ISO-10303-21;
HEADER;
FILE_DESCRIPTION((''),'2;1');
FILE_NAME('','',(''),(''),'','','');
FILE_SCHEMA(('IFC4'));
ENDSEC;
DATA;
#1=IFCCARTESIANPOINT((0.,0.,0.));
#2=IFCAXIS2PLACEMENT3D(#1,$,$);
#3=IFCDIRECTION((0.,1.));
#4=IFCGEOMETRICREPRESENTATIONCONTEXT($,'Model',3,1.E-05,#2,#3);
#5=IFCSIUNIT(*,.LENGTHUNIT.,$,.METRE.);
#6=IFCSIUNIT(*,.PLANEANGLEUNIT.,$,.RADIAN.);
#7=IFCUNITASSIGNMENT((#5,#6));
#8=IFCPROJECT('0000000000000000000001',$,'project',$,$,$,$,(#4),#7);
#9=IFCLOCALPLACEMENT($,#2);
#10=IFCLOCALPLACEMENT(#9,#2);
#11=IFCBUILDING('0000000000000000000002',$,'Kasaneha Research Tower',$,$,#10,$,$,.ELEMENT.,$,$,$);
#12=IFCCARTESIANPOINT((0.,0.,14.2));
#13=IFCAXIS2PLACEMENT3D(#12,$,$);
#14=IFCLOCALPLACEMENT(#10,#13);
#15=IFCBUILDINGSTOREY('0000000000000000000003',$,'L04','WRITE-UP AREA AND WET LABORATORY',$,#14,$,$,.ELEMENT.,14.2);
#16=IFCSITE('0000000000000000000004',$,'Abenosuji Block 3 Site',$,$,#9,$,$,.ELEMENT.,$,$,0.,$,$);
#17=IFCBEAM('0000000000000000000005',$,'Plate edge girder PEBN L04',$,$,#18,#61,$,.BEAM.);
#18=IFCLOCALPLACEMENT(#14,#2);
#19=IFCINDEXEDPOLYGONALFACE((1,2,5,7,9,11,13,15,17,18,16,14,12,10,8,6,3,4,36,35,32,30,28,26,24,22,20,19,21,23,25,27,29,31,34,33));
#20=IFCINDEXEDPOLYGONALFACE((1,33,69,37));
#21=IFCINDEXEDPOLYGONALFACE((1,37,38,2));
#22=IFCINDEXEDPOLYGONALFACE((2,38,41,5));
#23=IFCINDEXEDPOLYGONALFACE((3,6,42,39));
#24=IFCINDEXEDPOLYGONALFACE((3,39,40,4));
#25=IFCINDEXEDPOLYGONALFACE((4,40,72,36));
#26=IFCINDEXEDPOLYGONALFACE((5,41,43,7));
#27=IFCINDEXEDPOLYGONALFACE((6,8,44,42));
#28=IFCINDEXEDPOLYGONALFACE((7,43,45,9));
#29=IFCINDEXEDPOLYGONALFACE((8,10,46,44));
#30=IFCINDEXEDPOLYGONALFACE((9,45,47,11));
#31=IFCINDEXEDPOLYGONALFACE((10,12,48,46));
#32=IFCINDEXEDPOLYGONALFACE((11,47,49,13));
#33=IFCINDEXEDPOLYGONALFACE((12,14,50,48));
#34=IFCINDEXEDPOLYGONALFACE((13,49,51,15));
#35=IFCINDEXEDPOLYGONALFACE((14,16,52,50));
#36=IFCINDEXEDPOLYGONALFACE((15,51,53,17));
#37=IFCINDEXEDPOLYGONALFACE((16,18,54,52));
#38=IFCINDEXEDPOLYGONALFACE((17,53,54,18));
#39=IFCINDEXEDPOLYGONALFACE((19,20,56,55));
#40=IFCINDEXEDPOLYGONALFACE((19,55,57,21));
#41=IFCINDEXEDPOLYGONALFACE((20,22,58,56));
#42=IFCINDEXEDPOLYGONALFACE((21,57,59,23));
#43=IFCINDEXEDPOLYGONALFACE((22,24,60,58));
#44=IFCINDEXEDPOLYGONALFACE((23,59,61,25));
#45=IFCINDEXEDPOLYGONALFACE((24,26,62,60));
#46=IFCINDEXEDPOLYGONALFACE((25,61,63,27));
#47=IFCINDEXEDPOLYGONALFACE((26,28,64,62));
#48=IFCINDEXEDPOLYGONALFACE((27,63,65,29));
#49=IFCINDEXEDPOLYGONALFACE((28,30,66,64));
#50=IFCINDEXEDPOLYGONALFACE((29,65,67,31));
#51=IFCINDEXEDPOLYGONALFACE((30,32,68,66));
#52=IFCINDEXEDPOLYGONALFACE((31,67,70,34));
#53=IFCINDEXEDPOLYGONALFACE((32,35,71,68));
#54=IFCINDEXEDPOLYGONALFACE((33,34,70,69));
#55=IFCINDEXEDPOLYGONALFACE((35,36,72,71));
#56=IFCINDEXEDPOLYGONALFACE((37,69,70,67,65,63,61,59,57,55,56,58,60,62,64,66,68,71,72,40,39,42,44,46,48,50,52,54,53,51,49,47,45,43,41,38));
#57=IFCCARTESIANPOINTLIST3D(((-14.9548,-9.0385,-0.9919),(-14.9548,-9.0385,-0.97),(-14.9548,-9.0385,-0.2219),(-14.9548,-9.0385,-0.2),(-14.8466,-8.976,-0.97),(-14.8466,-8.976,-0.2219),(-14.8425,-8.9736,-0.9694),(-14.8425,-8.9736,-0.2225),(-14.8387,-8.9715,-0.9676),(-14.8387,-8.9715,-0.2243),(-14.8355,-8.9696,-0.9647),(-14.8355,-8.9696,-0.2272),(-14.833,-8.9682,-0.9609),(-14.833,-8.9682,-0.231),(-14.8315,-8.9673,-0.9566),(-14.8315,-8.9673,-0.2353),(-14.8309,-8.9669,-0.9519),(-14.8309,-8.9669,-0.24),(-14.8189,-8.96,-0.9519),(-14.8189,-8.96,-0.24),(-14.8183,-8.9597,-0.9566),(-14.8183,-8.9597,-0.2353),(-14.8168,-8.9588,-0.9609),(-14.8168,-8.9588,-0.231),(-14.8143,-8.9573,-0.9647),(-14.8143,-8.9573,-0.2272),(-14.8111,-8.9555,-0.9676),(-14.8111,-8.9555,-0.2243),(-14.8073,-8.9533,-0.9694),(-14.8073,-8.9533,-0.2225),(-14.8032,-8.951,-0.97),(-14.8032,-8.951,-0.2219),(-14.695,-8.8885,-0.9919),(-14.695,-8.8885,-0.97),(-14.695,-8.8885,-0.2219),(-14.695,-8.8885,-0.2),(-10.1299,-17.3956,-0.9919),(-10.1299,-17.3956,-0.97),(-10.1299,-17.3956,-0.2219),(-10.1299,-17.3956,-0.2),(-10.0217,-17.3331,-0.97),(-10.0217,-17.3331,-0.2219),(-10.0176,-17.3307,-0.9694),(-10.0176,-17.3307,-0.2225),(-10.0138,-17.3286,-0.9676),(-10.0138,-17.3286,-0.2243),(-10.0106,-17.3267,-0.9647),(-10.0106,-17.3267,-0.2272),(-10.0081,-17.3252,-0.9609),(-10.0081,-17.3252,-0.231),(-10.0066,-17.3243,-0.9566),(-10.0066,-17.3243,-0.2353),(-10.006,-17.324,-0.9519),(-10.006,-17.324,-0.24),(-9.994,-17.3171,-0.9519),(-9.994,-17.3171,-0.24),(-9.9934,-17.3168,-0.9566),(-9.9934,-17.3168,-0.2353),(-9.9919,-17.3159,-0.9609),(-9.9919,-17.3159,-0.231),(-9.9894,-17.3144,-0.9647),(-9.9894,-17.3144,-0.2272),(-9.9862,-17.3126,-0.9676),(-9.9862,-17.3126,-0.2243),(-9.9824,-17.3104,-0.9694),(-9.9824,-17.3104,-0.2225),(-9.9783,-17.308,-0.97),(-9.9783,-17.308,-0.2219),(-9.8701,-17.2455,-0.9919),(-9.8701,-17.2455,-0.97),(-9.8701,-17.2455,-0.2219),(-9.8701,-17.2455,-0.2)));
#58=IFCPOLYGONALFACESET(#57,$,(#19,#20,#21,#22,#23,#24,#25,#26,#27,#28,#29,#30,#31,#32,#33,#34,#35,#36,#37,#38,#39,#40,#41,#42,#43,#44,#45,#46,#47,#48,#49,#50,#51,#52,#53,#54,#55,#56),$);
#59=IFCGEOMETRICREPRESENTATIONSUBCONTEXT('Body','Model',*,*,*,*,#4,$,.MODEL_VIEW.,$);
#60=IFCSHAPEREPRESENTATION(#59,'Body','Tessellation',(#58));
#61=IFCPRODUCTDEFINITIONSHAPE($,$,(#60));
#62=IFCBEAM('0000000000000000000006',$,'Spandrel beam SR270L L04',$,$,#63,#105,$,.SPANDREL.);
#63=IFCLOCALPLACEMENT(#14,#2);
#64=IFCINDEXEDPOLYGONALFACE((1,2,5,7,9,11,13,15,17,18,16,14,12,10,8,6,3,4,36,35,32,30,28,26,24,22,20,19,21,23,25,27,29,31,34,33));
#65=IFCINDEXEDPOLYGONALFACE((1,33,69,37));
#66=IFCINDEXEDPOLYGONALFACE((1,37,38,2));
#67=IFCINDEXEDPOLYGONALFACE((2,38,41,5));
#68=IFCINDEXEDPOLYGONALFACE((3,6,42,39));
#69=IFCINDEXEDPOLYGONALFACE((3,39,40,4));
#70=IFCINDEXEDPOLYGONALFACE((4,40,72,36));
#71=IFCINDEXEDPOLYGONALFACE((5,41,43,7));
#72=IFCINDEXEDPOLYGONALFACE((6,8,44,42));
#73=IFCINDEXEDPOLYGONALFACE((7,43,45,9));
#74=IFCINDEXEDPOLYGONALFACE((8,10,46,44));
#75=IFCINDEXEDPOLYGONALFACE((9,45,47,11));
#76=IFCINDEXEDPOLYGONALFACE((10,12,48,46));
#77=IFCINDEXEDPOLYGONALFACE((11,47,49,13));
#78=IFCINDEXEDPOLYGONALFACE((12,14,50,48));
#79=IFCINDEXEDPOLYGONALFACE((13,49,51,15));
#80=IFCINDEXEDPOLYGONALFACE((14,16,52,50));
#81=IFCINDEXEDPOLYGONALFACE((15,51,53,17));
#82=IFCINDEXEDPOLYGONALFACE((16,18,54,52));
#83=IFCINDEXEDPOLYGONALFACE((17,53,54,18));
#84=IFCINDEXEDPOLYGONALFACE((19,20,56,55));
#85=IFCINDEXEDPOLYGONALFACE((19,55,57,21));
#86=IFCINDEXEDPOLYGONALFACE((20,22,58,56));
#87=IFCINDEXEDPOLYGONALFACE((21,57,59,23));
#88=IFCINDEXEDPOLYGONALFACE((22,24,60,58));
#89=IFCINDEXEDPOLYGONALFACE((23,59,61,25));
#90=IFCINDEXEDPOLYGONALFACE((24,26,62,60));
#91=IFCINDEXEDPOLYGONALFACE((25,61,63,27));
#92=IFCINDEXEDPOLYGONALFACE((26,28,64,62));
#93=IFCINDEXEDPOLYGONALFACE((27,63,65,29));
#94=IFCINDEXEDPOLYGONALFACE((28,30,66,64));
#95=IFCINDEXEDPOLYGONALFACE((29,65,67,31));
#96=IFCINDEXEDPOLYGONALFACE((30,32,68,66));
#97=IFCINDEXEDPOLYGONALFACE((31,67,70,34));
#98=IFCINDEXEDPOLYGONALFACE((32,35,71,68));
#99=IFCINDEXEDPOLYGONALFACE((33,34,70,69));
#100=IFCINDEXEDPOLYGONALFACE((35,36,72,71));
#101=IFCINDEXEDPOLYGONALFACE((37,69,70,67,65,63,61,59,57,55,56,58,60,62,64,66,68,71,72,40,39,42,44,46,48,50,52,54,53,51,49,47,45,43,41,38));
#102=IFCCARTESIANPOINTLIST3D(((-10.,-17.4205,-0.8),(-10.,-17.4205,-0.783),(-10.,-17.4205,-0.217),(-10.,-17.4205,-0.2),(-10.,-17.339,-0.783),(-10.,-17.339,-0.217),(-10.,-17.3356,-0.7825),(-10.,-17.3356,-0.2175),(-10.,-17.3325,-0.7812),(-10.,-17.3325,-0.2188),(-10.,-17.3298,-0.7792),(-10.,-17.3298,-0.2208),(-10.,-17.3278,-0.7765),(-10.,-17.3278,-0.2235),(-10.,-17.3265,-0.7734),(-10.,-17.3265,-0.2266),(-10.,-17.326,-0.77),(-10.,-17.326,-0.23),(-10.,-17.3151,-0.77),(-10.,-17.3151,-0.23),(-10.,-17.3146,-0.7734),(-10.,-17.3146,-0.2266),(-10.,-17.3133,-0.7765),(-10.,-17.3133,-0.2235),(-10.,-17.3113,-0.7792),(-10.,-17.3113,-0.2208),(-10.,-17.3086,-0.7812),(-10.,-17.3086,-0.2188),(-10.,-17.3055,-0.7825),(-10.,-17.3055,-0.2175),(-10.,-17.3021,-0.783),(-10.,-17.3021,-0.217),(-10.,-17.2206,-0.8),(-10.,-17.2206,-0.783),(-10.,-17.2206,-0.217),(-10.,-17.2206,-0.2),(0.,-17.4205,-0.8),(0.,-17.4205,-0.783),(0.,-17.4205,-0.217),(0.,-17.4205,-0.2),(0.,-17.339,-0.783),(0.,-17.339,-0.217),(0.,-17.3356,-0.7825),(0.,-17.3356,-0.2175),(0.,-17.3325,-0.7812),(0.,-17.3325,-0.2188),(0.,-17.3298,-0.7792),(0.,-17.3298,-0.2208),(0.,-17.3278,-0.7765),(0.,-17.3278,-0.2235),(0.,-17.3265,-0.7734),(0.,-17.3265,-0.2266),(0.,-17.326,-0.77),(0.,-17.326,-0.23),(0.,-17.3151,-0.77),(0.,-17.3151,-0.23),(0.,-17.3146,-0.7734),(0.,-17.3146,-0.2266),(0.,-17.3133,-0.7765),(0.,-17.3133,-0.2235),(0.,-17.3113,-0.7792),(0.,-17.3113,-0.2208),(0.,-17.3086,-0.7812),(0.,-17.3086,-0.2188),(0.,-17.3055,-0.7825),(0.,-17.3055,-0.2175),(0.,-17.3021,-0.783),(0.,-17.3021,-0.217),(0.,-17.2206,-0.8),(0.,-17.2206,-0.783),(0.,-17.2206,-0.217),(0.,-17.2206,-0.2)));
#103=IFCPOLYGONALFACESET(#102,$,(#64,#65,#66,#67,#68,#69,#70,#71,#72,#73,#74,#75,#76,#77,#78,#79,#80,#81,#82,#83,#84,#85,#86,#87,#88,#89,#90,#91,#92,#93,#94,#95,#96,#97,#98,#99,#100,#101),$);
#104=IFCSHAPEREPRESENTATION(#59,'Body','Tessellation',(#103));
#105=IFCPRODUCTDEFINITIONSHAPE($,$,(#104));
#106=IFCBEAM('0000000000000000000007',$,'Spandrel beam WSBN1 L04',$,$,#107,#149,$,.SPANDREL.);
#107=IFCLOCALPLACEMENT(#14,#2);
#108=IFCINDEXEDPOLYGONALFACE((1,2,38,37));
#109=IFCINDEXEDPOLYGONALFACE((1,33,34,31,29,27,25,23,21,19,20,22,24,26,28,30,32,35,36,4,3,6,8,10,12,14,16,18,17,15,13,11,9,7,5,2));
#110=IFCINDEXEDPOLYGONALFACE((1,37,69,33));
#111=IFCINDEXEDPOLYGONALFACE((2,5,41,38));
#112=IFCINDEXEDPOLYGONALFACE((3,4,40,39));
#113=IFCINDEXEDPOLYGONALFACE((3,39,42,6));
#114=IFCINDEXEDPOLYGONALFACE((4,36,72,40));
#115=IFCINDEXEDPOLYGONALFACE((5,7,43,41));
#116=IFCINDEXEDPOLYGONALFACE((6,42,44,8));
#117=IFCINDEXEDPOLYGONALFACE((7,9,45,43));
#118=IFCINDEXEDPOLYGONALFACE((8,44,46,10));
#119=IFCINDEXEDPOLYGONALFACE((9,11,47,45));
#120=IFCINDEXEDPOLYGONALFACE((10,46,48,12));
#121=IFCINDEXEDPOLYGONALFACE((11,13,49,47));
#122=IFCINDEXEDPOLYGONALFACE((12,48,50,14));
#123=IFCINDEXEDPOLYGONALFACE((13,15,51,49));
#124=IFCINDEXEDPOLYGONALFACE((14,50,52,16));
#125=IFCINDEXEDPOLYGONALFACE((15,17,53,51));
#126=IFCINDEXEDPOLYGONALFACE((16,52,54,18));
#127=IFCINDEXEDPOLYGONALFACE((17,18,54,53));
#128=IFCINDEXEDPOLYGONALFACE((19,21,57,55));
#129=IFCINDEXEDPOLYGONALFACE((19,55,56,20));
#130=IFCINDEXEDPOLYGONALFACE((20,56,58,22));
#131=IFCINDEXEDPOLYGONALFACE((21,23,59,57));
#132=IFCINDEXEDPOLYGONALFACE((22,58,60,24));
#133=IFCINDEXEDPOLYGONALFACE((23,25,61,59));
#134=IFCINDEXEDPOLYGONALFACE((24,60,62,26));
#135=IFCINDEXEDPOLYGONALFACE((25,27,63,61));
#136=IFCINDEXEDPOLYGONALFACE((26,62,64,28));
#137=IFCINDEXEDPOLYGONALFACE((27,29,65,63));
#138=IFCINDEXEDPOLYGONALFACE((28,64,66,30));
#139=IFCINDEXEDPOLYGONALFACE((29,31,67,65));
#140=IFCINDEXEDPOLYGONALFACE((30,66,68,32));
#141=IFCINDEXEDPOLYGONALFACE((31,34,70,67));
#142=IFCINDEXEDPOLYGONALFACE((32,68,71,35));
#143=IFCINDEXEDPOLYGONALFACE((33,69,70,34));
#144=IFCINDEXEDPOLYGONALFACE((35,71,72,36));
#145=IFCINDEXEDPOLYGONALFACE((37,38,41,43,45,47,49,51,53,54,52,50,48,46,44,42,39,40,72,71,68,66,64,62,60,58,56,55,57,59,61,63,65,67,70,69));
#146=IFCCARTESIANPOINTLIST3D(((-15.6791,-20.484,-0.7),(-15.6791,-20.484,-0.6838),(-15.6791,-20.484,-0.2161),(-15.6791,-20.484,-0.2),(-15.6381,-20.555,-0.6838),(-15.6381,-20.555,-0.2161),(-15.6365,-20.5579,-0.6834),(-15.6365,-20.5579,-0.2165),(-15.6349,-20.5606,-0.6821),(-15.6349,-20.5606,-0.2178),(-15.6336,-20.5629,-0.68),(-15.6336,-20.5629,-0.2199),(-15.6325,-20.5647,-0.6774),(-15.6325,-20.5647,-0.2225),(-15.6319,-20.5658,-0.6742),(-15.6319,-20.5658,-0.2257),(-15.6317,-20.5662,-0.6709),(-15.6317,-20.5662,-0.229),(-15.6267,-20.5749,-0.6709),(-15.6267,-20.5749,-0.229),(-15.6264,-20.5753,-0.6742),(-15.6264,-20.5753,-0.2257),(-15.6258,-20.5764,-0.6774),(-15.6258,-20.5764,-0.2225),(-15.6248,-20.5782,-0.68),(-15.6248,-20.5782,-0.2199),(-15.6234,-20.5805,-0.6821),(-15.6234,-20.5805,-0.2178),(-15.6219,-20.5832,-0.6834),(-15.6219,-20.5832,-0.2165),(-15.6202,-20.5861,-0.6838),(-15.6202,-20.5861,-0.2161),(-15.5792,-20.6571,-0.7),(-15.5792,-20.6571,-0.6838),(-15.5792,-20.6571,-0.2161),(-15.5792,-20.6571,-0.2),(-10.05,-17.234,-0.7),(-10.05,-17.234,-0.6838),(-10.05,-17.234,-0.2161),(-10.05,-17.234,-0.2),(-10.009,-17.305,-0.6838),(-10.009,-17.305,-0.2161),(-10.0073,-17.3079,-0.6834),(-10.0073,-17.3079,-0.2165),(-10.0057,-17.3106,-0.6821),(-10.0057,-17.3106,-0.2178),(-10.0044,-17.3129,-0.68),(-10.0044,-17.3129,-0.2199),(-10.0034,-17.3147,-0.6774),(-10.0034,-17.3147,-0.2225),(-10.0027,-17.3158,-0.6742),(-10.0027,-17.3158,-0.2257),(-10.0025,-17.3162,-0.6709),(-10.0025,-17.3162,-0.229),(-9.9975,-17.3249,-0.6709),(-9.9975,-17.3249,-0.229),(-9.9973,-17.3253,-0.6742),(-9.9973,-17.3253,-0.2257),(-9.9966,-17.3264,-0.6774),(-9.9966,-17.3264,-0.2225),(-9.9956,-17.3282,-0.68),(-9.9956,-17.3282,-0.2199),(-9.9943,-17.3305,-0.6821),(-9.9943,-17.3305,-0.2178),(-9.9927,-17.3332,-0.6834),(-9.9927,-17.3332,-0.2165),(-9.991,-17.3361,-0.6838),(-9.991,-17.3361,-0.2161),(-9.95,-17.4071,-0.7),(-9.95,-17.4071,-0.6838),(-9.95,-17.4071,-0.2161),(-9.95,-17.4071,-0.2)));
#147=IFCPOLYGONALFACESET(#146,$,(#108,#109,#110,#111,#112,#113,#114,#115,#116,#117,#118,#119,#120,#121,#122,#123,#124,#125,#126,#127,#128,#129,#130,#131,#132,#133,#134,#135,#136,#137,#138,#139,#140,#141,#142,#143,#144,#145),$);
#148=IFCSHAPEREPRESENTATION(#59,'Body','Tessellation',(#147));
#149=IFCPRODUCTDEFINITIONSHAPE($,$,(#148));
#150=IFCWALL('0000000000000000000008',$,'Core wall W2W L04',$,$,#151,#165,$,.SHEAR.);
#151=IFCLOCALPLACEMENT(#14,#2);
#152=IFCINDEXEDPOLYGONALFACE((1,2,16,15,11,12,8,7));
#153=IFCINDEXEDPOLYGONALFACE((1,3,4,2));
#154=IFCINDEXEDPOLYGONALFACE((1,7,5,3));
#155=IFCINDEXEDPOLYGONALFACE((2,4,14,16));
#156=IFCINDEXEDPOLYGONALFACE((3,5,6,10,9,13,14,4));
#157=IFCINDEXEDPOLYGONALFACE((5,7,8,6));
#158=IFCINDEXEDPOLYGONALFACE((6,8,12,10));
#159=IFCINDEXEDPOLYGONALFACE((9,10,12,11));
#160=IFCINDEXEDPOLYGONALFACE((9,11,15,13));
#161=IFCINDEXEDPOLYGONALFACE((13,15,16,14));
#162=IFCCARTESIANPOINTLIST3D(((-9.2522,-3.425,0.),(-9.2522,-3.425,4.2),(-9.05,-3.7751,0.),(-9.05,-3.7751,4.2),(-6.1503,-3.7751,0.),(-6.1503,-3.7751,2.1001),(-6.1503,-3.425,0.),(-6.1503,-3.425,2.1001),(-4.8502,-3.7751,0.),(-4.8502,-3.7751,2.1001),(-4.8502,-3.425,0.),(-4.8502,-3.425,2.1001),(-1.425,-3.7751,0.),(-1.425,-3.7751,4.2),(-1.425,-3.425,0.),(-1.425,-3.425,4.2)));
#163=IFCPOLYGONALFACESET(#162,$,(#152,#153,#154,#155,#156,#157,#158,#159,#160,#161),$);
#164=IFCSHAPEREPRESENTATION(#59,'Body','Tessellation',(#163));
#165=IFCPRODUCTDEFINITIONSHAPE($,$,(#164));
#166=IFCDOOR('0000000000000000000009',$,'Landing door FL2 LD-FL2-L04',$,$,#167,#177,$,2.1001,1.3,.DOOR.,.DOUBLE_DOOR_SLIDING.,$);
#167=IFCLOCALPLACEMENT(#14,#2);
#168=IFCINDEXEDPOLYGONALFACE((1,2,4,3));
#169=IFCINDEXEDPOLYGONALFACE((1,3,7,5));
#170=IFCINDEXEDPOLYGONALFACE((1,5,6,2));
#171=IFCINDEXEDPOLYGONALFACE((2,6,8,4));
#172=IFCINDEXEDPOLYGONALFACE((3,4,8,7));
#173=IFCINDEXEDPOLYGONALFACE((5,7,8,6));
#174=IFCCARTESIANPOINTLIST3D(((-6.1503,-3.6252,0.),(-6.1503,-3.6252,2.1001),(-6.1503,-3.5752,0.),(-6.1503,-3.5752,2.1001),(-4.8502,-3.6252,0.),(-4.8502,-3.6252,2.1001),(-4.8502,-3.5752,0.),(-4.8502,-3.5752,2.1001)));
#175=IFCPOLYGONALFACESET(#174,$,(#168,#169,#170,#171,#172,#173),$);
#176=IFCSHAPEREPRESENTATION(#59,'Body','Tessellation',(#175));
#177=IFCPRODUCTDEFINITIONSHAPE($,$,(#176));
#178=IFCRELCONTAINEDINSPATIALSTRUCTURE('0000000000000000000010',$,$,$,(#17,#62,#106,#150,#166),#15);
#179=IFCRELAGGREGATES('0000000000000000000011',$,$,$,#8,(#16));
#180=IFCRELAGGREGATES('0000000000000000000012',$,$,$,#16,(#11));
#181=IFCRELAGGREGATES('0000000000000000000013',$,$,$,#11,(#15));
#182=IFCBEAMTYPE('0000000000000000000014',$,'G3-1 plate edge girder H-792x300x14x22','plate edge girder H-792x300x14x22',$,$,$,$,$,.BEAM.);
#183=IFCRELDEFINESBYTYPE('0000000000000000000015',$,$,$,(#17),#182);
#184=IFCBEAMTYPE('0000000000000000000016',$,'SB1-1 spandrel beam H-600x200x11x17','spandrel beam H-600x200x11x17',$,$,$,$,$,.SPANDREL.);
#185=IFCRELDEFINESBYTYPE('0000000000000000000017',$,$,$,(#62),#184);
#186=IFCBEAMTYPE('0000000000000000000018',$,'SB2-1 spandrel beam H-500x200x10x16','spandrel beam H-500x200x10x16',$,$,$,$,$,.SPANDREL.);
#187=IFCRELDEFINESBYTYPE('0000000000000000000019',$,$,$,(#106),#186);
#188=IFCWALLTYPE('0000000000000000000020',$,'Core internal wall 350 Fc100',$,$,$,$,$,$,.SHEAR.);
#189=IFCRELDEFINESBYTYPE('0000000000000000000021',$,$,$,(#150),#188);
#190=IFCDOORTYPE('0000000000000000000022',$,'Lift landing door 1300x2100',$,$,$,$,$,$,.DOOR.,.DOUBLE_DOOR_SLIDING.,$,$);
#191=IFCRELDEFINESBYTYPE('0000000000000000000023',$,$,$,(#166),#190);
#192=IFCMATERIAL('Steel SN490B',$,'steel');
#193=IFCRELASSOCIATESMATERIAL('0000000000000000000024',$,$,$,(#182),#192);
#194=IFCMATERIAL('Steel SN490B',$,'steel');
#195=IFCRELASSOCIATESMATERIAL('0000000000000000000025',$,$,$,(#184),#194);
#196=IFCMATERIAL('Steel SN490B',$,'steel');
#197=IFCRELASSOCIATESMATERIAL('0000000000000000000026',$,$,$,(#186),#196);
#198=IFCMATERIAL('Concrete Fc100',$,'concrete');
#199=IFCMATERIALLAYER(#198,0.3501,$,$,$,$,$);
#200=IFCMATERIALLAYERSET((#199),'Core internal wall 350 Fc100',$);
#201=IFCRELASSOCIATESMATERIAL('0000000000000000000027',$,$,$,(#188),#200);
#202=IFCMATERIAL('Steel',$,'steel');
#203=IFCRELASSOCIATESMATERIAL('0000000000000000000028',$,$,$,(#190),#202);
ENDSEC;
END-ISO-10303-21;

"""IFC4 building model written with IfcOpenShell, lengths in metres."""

from ifc_helpers import new_model, si_unit, direction, frame, frame_2d, origin, origin_2d, place, context, subcontext, project, spatial, polyline, rectangle, i_section, outline, extrude, material, layer, layer_set, material_profile, profile_set, type_object, element, fill, save


model = new_model("IFC4")

# Units and contexts
model_context = context("Model", 3, precision=1e-05, world=origin(), true_north=direction((0.0, 1.0)))
body_context = subcontext(model_context, "Body", "Model", "MODEL_VIEW")
ifc_project = project(units=[si_unit("LENGTHUNIT", "METRE"), si_unit("PLANEANGLEUNIT", "RADIAN")], contexts=[model_context])

# Site, building, storey
site_placement = place(None, origin())
site = spatial("IfcSite", under=ifc_project, at=site_placement, Name="Abenosuji Block 3 Site", CompositionType="ELEMENT", RefElevation=0.0)
building_placement = place(site_placement, origin())
building = spatial("IfcBuilding", under=site, at=building_placement, Name="Kasaneha Research Tower", CompositionType="ELEMENT")
storey_placement = place(building_placement, frame((0.0, 0.0, 14.2)))
storey = spatial("IfcBuildingStorey", under=building, at=storey_placement, Name="L04", Description="WRITE-UP AREA AND WET LABORATORY", CompositionType="ELEMENT", Elevation=14.2)

# Beams
ifc_material_1 = material(Name="Steel SN490B", Category="steel")
ifc_material_profile_1 = material_profile(ifc_material_1, i_section(OverallWidth=0.3, OverallDepth=0.792, WebThickness=0.0139, FlangeThickness=0.022, FilletRadius=0.0181, at=origin_2d()), Name="H-792x300x14x22")
ifc_profile_set_1 = profile_set([ifc_material_profile_1], Name="Steel SN490B")
beam_type_1 = type_object("IfcBeamType", Name="G3-1 plate edge girder H-792x300x14x22", Description="plate edge girder H-792x300x14x22", PredefinedType="BEAM", material=ifc_profile_set_1)
beam_1_placement = place(storey_placement, frame((-10.0, -17.3206, -0.5959), z_axis=(-0.499995, 0.866028, 0.0), x_axis=(-0.866028, -0.499995, 0.0)))
element("IfcBeam", 1, at=beam_1_placement, inside=storey, type_object=beam_type_1, Name="Plate edge girder PEBN L04", PredefinedType="BEAM", context=body_context, shape_type="SweptSolid", body=[
    extrude(i_section(OverallWidth=0.3, OverallDepth=0.792, WebThickness=0.0139, FlangeThickness=0.022, FilletRadius=0.0181, at=origin_2d()), origin(), (0.0, 0.0, 1.0), 9.6499),
])
ifc_material_2 = material(Name="Steel SN490B", Category="steel")
ifc_material_profile_2 = material_profile(ifc_material_2, i_section(OverallWidth=0.2, OverallDepth=0.6001, WebThickness=0.011, FlangeThickness=0.0171, FilletRadius=0.0129, at=origin_2d()), Name="H-600x200x11x17")
ifc_profile_set_2 = profile_set([ifc_material_profile_2], Name="Steel SN490B")
beam_type_2 = type_object("IfcBeamType", Name="SB1-1 spandrel beam H-600x200x11x17", Description="spandrel beam H-600x200x11x17", PredefinedType="SPANDREL", material=ifc_profile_set_2)
beam_2_placement = place(storey_placement, frame((-10.0, -17.3206, -0.5), z_axis=(1.0, 0.0, 0.0), x_axis=(0.0, 1.0, 0.0)))
element("IfcBeam", 2, at=beam_2_placement, inside=storey, type_object=beam_type_2, Name="Spandrel beam SR270L L04", PredefinedType="SPANDREL", context=body_context, shape_type="SweptSolid", body=[
    extrude(i_section(OverallWidth=0.2, OverallDepth=0.6001, WebThickness=0.011, FlangeThickness=0.0171, FilletRadius=0.0129, at=origin_2d()), origin(), (0.0, 0.0, 1.0), 10.0),
])
ifc_material_3 = material(Name="Steel SN490B", Category="steel")
ifc_material_profile_3 = material_profile(ifc_material_3, i_section(OverallWidth=0.2, OverallDepth=0.5, WebThickness=0.01, FlangeThickness=0.0161, FilletRadius=0.0129, at=origin_2d()), Name="H-500x200x10x16")
ifc_profile_set_3 = profile_set([ifc_material_profile_3], Name="Steel SN490B")
beam_type_3 = type_object("IfcBeamType", Name="SB2-1 spandrel beam H-500x200x10x16", Description="spandrel beam H-500x200x10x16", PredefinedType="SPANDREL", material=ifc_profile_set_3)
beam_3_placement = place(storey_placement, frame((-10.0, -17.3206, -0.45), z_axis=(-0.866025, -0.500001, 0.0), x_axis=(0.500001, -0.866025, 0.0)))
element("IfcBeam", 3, at=beam_3_placement, inside=storey, type_object=beam_type_3, Name="Spandrel beam WSBN1 L04", PredefinedType="SPANDREL", context=body_context, shape_type="SweptSolid", body=[
    extrude(i_section(OverallWidth=0.2, OverallDepth=0.5, WebThickness=0.01, FlangeThickness=0.0161, FilletRadius=0.0129, at=origin_2d()), origin(), (0.0, 0.0, 1.0), 6.5),
])

# Wall, opening, door
ifc_material_4 = material(Name="Concrete Fc100", Category="concrete")
ifc_layer_1 = layer(ifc_material_4, 0.3501)
ifc_layer_set_1 = layer_set([ifc_layer_1], Name="Core internal wall 350 Fc100")
wall_type_1 = type_object("IfcWallType", Name="Core internal wall 350 Fc100", PredefinedType="SHEAR", material=ifc_layer_set_1)
wall_1_placement = place(storey_placement, frame((-9.1511, -3.6001, 0.0), z_axis=(0.0, 0.0, 1.0), x_axis=(1.0, 0.0, 0.0)))
wall_1 = element("IfcWall", 4, at=wall_1_placement, inside=storey, type_object=wall_type_1, Name="Core wall W2W L04", PredefinedType="SHEAR", context=body_context, shape_type="SweptSolid", body=[
    extrude(outline(polyline([(0.1011, -0.175), (3.001, -0.175), (4.301, -0.175), (7.7261, -0.175), (7.7261, 0.175), (4.301, 0.175), (3.001, 0.175), (-0.1011, 0.175), (0.1011, -0.175)])), origin(), (0.0, 0.0, 1.0), 4.2),
])
opening_1_placement = place(wall_1_placement, frame((3.001, 0.0, 0.0)))
opening_1 = element("IfcOpeningElement", 5, at=opening_1_placement, cuts=wall_1, PredefinedType="OPENING", context=body_context, shape_type="SweptSolid", body=[
    extrude(rectangle(XDim=1.3, YDim=2.1001, at=frame_2d((0.6499, 1.05))), frame((0.0, 0.1851, 0.0), z_axis=(0.0, -1.0, 0.0), x_axis=(1.0, 0.0, 0.0)), (0.0, 0.0, 1.0), 0.3701),
])
ifc_material_5 = material(Name="Steel", Category="steel")
door_type_1 = type_object("IfcDoorType", Name="Lift landing door 1300x2100", OperationType="DOUBLE_DOOR_SLIDING", PredefinedType="DOOR", material=ifc_material_5)
door_1_placement = place(opening_1_placement, origin())
door_1 = element("IfcDoor", 6, at=door_1_placement, inside=storey, type_object=door_type_1, Name="Landing door FL2 LD-FL2-L04", OperationType="DOUBLE_DOOR_SLIDING", OverallHeight=2.1001, OverallWidth=1.3, PredefinedType="DOOR", context=body_context, shape_type="SweptSolid", body=[
    extrude(rectangle(XDim=1.3, YDim=2.1001, at=frame_2d((0.6499, 1.05))), frame((0.0, 0.0249, 0.0), z_axis=(0.0, -1.0, 0.0), x_axis=(1.0, 0.0, 0.0)), (0.0, 0.0, 1.0), 0.05),
])
fill(opening_1, door_1)

save(model, "model.ifc")
